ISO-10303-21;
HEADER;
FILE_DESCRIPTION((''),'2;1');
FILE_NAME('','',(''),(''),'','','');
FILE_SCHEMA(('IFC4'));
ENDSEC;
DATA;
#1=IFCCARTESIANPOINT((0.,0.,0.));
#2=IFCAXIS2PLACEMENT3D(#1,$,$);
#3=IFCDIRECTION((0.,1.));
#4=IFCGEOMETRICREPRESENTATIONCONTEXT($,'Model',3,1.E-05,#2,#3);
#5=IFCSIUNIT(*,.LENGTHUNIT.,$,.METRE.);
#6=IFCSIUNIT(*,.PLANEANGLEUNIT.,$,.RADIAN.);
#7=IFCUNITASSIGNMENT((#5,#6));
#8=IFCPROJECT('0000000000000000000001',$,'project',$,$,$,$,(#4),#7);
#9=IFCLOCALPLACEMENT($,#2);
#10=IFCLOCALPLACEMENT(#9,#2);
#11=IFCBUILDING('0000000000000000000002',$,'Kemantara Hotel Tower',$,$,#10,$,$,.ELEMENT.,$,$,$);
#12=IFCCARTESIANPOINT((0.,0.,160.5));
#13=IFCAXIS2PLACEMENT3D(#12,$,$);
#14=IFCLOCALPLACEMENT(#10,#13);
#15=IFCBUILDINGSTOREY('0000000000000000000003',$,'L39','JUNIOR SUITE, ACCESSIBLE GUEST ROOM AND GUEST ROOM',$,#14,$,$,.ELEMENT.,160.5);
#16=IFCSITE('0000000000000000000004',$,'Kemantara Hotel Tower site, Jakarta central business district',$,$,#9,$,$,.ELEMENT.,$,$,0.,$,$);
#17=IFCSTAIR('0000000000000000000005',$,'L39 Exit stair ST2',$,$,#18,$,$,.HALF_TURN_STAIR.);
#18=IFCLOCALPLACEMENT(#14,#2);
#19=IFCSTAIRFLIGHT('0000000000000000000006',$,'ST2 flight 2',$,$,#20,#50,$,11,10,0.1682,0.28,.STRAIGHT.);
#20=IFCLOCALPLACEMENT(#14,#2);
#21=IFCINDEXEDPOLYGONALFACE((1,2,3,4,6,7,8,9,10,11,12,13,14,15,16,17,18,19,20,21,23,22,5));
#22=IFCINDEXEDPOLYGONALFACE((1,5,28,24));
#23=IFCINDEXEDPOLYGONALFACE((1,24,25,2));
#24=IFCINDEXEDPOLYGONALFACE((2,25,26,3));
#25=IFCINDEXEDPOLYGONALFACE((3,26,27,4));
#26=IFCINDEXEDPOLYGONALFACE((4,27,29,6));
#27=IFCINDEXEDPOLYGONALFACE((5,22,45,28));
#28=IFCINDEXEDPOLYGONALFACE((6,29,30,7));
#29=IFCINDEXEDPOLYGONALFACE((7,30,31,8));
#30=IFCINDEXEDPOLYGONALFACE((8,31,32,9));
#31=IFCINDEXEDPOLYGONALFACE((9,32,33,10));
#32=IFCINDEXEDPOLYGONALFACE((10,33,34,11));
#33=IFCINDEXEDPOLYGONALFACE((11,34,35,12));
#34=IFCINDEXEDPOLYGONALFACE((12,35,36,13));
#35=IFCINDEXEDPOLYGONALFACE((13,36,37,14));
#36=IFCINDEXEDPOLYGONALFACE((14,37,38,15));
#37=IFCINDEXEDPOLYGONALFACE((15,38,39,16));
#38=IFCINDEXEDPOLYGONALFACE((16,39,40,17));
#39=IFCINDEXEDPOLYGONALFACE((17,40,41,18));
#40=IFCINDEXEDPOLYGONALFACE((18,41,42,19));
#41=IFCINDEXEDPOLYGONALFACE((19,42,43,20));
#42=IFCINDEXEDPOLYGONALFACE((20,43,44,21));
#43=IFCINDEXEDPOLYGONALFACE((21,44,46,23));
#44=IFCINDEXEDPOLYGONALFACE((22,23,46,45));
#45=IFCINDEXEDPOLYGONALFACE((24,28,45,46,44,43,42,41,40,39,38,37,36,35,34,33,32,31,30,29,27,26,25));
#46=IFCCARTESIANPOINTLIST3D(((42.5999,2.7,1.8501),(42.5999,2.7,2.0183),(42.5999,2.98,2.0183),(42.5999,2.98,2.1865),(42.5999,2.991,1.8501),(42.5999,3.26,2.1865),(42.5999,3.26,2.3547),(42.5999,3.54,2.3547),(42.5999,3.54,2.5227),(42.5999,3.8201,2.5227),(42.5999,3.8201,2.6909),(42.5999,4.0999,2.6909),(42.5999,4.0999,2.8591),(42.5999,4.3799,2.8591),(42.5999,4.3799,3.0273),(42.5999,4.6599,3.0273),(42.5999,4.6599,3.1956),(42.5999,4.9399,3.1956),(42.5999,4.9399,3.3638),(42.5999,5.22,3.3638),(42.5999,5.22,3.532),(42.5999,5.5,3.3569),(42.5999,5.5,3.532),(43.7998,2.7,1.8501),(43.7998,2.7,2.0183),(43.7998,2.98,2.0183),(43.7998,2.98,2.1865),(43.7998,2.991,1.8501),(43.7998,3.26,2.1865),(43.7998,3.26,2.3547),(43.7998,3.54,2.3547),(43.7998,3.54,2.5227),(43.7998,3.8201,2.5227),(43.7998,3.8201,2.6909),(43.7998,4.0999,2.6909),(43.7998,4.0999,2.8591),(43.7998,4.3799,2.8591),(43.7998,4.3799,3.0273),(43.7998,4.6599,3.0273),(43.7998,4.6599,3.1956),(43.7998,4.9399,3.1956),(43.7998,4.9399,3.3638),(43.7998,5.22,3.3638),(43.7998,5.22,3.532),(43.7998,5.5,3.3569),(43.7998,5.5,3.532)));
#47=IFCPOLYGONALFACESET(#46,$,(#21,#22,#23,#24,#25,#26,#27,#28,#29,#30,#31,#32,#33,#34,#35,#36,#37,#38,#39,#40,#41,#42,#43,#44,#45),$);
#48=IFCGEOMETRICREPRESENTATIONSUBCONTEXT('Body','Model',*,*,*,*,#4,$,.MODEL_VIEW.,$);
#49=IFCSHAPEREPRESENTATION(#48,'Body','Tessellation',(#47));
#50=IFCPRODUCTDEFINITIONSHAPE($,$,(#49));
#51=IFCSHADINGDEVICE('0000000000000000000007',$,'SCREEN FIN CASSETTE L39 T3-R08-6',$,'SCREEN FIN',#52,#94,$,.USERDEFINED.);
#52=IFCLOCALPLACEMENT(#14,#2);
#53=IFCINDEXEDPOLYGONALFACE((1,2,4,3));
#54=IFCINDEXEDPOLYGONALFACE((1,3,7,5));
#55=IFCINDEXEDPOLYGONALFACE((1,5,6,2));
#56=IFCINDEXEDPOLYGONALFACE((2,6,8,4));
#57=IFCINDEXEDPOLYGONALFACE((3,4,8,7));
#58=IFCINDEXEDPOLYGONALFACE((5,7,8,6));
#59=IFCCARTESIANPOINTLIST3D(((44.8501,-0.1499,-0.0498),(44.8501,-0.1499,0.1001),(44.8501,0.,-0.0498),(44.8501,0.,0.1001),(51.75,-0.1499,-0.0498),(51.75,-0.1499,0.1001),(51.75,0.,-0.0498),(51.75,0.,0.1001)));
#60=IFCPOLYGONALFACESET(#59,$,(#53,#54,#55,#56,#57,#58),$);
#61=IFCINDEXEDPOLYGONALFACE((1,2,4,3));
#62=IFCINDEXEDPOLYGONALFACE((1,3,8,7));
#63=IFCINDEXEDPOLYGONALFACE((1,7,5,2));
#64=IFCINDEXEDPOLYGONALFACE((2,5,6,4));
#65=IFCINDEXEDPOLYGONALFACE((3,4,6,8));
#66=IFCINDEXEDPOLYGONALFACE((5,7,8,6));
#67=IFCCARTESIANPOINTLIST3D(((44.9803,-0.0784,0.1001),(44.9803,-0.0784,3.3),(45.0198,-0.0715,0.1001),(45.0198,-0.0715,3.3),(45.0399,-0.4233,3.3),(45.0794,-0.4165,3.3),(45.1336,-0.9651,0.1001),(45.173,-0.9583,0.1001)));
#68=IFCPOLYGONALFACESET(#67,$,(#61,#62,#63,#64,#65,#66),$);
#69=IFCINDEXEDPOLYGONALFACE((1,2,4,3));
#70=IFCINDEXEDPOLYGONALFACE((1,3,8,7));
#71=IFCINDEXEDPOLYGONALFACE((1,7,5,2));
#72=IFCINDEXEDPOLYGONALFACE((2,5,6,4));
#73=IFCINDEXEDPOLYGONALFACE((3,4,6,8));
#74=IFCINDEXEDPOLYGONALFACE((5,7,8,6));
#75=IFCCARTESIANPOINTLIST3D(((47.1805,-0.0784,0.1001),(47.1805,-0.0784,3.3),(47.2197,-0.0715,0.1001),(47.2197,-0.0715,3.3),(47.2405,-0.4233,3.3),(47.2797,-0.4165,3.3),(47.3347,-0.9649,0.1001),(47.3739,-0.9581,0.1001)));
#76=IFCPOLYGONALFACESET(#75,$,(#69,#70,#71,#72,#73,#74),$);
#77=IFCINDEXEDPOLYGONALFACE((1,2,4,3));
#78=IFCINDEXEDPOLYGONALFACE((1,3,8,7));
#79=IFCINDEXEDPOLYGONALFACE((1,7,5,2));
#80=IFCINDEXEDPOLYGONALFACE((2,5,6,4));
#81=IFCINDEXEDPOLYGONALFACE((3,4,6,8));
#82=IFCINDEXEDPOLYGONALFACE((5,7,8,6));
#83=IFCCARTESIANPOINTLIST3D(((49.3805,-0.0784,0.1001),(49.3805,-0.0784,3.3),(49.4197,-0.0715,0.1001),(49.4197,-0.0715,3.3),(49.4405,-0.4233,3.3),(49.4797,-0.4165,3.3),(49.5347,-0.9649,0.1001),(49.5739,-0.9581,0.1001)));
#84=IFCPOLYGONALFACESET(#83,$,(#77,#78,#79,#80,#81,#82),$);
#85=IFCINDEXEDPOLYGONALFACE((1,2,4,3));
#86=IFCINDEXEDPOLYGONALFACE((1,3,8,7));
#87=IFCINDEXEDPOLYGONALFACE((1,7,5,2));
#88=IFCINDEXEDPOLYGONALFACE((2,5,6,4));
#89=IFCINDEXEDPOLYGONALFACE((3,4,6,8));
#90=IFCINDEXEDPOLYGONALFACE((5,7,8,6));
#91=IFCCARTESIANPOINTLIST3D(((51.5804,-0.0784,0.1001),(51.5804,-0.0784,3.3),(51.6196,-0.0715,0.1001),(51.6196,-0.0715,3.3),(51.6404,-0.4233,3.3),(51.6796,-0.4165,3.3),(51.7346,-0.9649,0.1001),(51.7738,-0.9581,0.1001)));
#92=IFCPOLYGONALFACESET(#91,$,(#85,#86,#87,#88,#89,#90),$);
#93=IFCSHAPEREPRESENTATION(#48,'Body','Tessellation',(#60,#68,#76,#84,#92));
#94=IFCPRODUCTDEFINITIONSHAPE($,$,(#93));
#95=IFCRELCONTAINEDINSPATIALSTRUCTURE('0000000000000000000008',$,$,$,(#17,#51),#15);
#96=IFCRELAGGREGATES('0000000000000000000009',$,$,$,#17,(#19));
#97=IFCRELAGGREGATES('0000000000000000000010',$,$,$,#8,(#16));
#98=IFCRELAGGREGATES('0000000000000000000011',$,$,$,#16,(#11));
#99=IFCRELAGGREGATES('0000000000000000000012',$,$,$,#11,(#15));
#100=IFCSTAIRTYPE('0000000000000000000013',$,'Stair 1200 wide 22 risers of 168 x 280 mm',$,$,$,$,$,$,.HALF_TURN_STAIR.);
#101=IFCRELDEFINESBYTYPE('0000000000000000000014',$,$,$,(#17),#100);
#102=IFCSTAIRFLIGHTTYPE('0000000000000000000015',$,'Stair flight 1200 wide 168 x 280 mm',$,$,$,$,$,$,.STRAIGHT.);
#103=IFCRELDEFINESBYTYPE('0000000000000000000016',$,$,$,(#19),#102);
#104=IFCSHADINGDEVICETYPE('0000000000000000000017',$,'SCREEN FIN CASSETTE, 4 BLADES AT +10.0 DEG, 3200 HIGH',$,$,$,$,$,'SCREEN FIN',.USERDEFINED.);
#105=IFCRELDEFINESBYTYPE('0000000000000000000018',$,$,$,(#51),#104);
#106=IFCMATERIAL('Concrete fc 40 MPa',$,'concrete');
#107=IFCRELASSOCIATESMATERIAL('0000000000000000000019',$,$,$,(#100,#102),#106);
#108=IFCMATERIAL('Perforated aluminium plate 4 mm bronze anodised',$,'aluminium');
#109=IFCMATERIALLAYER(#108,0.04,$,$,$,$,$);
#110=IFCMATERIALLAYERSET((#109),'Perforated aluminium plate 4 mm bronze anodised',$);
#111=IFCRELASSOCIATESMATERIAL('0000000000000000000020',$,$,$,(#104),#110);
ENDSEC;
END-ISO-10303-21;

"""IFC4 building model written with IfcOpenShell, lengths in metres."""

from ifc_helpers import new_model, si_unit, direction, frame, origin, origin_2d, place, context, subcontext, project, spatial, polyline, rectangle, outline, extrude, source, transform, mapped, material, layer, layer_set, type_object, element, aggregate, save


model = new_model("IFC4")

# Units and contexts
model_context = context("Model", 3, precision=1e-05, world=origin(), true_north=direction((0.0, 1.0)))
body_context = subcontext(model_context, "Body", "Model", "MODEL_VIEW")
ifc_project = project(units=[si_unit("LENGTHUNIT", "METRE"), si_unit("PLANEANGLEUNIT", "RADIAN")], contexts=[model_context])

# Site, building, storey
site_placement = place(None, origin())
site = spatial("IfcSite", under=ifc_project, at=site_placement, Name="Kemantara Hotel Tower site, Jakarta central business district", CompositionType="ELEMENT", RefElevation=0.0)
building_placement = place(site_placement, origin())
building = spatial("IfcBuilding", under=site, at=building_placement, Name="Kemantara Hotel Tower", CompositionType="ELEMENT")
storey_placement = place(building_placement, frame((0.0, 0.0, 160.5)))
storey = spatial("IfcBuildingStorey", under=building, at=storey_placement, Name="L39", Description="JUNIOR SUITE, ACCESSIBLE GUEST ROOM AND GUEST ROOM", CompositionType="ELEMENT", Elevation=160.5)

# Stair, stair flight
ifc_material_1 = material(Name="Concrete fc 40 MPa", Category="concrete")
stair_type = type_object("IfcStairType", Name="Stair 1200 wide 22 risers of 168 x 280 mm", PredefinedType="HALF_TURN_STAIR", material=ifc_material_1)
stair_placement = place(storey_placement, origin())
stair = element("IfcStair", 1, at=stair_placement, inside=storey, type_object=stair_type, Name="L39 Exit stair ST2", PredefinedType="HALF_TURN_STAIR")
stair_flight_type = type_object("IfcStairFlightType", Name="Stair flight 1200 wide 168 x 280 mm", PredefinedType="STRAIGHT", material=ifc_material_1)
stair_flight_1_placement = place(storey_placement, frame((43.2, 2.7, 1.8501), z_axis=(0.0, 0.0, 1.0), x_axis=(0.0, 1.0, 0.0)))
stair_flight_1 = element("IfcStairFlight", 2, at=stair_flight_1_placement, type_object=stair_flight_type, Name="ST2 flight 2", NumberOfRisers=11, NumberOfTreads=10, PredefinedType="STRAIGHT", RiserHeight=0.1682, TreadLength=0.28, context=body_context, shape_type="SweptSolid", body=[
    extrude(outline(polyline([(0.0, 0.0), (0.0, 0.1682), (0.28, 0.1682), (0.28, 0.3364), (0.5601, 0.3364), (0.5601, 0.5046), (0.8401, 0.5046), (0.8401, 0.6726), (1.1201, 0.6726), (1.1201, 0.8408), (1.3999, 0.8408), (1.3999, 1.009), (1.6799, 1.009), (1.6799, 1.1772), (1.96, 1.1772), (1.96, 1.3455), (2.24, 1.3455), (2.24, 1.5137), (2.52, 1.5137), (2.52, 1.6819), (2.8, 1.6819), (2.8, 1.8501), (2.8, 1.5068), (0.291, 0.0), (0.0, 0.0)])), frame((0.0, 0.6001, 0.0), z_axis=(0.0, -1.0, 0.0), x_axis=(1.0, 0.0, 0.0)), (0.0, 0.0, 1.0), 1.2),
])
aggregate(stair, [stair_flight_1])

# Shading device
ifc_material_2 = material(Name="Perforated aluminium plate 4 mm bronze anodised", Category="aluminium")
ifc_layer_1 = layer(ifc_material_2, 0.04)
ifc_layer_set_1 = layer_set([ifc_layer_1], Name="Perforated aluminium plate 4 mm bronze anodised")
shading_device_type = type_object("IfcShadingDeviceType", Name="SCREEN FIN CASSETTE, 4 BLADES AT +10.0 DEG, 3200 HIGH", ElementType="SCREEN FIN", PredefinedType="USERDEFINED", material=ifc_layer_set_1)
shared_shape = source(origin(), body_context, "Body", "SweptSolid", [
    extrude(rectangle(XDim=6.8999, YDim=0.1499, at=origin_2d()), frame((3.3, -0.075, -0.1499), z_axis=(0.0, 0.0, 1.0), x_axis=(1.0, 0.0, 0.0)), (0.0, 0.0, 1.0), 0.1499),
    extrude(outline(polyline([(0.0, 0.0), (0.8999, 0.0), (0.3501, 3.2), (0.0, 3.2), (0.0, 0.0)])), frame((0.0198, -0.0715, 0.0), z_axis=(-0.98539, -0.170314, 0.0), x_axis=(0.170314, -0.98539, 0.0)), (0.0, 0.0, 1.0), 0.04),
    extrude(outline(polyline([(0.0, 0.0), (0.8999, 0.0), (0.3501, 3.2), (0.0, 3.2), (0.0, 0.0)])), frame((2.2197, -0.0715, 0.0), z_axis=(-0.985212, -0.171341, 0.0), x_axis=(0.171341, -0.985212, 0.0)), (0.0, 0.0, 1.0), 0.0398),
    extrude(outline(polyline([(0.0, 0.0), (0.8999, 0.0), (0.3501, 3.2), (0.0, 3.2), (0.0, 0.0)])), frame((4.4197, -0.0715, 0.0), z_axis=(-0.985212, -0.171341, 0.0), x_axis=(0.171341, -0.985212, 0.0)), (0.0, 0.0, 1.0), 0.0398),
    extrude(outline(polyline([(0.0, 0.0), (0.8999, 0.0), (0.3501, 3.2), (0.0, 3.2), (0.0, 0.0)])), frame((6.6196, -0.0715, 0.0), z_axis=(-0.985212, -0.171341, 0.0), x_axis=(0.171341, -0.985212, 0.0)), (0.0, 0.0, 1.0), 0.0398),
])
shading_device_placement = place(storey_placement, frame((45.0, 0.0, 0.1001), z_axis=(0.0, 0.0, 1.0), x_axis=(1.0, 0.0, 0.0)))
element("IfcShadingDevice", 3, at=shading_device_placement, inside=storey, type_object=shading_device_type, Name="SCREEN FIN CASSETTE L39 T3-R08-6", ObjectType="SCREEN FIN", PredefinedType="USERDEFINED", context=body_context, shape_type="MappedRepresentation", body=[
    mapped(shared_shape, transform((0.0, 0.0, 0.0))),
])

save(model, "model.ifc")
